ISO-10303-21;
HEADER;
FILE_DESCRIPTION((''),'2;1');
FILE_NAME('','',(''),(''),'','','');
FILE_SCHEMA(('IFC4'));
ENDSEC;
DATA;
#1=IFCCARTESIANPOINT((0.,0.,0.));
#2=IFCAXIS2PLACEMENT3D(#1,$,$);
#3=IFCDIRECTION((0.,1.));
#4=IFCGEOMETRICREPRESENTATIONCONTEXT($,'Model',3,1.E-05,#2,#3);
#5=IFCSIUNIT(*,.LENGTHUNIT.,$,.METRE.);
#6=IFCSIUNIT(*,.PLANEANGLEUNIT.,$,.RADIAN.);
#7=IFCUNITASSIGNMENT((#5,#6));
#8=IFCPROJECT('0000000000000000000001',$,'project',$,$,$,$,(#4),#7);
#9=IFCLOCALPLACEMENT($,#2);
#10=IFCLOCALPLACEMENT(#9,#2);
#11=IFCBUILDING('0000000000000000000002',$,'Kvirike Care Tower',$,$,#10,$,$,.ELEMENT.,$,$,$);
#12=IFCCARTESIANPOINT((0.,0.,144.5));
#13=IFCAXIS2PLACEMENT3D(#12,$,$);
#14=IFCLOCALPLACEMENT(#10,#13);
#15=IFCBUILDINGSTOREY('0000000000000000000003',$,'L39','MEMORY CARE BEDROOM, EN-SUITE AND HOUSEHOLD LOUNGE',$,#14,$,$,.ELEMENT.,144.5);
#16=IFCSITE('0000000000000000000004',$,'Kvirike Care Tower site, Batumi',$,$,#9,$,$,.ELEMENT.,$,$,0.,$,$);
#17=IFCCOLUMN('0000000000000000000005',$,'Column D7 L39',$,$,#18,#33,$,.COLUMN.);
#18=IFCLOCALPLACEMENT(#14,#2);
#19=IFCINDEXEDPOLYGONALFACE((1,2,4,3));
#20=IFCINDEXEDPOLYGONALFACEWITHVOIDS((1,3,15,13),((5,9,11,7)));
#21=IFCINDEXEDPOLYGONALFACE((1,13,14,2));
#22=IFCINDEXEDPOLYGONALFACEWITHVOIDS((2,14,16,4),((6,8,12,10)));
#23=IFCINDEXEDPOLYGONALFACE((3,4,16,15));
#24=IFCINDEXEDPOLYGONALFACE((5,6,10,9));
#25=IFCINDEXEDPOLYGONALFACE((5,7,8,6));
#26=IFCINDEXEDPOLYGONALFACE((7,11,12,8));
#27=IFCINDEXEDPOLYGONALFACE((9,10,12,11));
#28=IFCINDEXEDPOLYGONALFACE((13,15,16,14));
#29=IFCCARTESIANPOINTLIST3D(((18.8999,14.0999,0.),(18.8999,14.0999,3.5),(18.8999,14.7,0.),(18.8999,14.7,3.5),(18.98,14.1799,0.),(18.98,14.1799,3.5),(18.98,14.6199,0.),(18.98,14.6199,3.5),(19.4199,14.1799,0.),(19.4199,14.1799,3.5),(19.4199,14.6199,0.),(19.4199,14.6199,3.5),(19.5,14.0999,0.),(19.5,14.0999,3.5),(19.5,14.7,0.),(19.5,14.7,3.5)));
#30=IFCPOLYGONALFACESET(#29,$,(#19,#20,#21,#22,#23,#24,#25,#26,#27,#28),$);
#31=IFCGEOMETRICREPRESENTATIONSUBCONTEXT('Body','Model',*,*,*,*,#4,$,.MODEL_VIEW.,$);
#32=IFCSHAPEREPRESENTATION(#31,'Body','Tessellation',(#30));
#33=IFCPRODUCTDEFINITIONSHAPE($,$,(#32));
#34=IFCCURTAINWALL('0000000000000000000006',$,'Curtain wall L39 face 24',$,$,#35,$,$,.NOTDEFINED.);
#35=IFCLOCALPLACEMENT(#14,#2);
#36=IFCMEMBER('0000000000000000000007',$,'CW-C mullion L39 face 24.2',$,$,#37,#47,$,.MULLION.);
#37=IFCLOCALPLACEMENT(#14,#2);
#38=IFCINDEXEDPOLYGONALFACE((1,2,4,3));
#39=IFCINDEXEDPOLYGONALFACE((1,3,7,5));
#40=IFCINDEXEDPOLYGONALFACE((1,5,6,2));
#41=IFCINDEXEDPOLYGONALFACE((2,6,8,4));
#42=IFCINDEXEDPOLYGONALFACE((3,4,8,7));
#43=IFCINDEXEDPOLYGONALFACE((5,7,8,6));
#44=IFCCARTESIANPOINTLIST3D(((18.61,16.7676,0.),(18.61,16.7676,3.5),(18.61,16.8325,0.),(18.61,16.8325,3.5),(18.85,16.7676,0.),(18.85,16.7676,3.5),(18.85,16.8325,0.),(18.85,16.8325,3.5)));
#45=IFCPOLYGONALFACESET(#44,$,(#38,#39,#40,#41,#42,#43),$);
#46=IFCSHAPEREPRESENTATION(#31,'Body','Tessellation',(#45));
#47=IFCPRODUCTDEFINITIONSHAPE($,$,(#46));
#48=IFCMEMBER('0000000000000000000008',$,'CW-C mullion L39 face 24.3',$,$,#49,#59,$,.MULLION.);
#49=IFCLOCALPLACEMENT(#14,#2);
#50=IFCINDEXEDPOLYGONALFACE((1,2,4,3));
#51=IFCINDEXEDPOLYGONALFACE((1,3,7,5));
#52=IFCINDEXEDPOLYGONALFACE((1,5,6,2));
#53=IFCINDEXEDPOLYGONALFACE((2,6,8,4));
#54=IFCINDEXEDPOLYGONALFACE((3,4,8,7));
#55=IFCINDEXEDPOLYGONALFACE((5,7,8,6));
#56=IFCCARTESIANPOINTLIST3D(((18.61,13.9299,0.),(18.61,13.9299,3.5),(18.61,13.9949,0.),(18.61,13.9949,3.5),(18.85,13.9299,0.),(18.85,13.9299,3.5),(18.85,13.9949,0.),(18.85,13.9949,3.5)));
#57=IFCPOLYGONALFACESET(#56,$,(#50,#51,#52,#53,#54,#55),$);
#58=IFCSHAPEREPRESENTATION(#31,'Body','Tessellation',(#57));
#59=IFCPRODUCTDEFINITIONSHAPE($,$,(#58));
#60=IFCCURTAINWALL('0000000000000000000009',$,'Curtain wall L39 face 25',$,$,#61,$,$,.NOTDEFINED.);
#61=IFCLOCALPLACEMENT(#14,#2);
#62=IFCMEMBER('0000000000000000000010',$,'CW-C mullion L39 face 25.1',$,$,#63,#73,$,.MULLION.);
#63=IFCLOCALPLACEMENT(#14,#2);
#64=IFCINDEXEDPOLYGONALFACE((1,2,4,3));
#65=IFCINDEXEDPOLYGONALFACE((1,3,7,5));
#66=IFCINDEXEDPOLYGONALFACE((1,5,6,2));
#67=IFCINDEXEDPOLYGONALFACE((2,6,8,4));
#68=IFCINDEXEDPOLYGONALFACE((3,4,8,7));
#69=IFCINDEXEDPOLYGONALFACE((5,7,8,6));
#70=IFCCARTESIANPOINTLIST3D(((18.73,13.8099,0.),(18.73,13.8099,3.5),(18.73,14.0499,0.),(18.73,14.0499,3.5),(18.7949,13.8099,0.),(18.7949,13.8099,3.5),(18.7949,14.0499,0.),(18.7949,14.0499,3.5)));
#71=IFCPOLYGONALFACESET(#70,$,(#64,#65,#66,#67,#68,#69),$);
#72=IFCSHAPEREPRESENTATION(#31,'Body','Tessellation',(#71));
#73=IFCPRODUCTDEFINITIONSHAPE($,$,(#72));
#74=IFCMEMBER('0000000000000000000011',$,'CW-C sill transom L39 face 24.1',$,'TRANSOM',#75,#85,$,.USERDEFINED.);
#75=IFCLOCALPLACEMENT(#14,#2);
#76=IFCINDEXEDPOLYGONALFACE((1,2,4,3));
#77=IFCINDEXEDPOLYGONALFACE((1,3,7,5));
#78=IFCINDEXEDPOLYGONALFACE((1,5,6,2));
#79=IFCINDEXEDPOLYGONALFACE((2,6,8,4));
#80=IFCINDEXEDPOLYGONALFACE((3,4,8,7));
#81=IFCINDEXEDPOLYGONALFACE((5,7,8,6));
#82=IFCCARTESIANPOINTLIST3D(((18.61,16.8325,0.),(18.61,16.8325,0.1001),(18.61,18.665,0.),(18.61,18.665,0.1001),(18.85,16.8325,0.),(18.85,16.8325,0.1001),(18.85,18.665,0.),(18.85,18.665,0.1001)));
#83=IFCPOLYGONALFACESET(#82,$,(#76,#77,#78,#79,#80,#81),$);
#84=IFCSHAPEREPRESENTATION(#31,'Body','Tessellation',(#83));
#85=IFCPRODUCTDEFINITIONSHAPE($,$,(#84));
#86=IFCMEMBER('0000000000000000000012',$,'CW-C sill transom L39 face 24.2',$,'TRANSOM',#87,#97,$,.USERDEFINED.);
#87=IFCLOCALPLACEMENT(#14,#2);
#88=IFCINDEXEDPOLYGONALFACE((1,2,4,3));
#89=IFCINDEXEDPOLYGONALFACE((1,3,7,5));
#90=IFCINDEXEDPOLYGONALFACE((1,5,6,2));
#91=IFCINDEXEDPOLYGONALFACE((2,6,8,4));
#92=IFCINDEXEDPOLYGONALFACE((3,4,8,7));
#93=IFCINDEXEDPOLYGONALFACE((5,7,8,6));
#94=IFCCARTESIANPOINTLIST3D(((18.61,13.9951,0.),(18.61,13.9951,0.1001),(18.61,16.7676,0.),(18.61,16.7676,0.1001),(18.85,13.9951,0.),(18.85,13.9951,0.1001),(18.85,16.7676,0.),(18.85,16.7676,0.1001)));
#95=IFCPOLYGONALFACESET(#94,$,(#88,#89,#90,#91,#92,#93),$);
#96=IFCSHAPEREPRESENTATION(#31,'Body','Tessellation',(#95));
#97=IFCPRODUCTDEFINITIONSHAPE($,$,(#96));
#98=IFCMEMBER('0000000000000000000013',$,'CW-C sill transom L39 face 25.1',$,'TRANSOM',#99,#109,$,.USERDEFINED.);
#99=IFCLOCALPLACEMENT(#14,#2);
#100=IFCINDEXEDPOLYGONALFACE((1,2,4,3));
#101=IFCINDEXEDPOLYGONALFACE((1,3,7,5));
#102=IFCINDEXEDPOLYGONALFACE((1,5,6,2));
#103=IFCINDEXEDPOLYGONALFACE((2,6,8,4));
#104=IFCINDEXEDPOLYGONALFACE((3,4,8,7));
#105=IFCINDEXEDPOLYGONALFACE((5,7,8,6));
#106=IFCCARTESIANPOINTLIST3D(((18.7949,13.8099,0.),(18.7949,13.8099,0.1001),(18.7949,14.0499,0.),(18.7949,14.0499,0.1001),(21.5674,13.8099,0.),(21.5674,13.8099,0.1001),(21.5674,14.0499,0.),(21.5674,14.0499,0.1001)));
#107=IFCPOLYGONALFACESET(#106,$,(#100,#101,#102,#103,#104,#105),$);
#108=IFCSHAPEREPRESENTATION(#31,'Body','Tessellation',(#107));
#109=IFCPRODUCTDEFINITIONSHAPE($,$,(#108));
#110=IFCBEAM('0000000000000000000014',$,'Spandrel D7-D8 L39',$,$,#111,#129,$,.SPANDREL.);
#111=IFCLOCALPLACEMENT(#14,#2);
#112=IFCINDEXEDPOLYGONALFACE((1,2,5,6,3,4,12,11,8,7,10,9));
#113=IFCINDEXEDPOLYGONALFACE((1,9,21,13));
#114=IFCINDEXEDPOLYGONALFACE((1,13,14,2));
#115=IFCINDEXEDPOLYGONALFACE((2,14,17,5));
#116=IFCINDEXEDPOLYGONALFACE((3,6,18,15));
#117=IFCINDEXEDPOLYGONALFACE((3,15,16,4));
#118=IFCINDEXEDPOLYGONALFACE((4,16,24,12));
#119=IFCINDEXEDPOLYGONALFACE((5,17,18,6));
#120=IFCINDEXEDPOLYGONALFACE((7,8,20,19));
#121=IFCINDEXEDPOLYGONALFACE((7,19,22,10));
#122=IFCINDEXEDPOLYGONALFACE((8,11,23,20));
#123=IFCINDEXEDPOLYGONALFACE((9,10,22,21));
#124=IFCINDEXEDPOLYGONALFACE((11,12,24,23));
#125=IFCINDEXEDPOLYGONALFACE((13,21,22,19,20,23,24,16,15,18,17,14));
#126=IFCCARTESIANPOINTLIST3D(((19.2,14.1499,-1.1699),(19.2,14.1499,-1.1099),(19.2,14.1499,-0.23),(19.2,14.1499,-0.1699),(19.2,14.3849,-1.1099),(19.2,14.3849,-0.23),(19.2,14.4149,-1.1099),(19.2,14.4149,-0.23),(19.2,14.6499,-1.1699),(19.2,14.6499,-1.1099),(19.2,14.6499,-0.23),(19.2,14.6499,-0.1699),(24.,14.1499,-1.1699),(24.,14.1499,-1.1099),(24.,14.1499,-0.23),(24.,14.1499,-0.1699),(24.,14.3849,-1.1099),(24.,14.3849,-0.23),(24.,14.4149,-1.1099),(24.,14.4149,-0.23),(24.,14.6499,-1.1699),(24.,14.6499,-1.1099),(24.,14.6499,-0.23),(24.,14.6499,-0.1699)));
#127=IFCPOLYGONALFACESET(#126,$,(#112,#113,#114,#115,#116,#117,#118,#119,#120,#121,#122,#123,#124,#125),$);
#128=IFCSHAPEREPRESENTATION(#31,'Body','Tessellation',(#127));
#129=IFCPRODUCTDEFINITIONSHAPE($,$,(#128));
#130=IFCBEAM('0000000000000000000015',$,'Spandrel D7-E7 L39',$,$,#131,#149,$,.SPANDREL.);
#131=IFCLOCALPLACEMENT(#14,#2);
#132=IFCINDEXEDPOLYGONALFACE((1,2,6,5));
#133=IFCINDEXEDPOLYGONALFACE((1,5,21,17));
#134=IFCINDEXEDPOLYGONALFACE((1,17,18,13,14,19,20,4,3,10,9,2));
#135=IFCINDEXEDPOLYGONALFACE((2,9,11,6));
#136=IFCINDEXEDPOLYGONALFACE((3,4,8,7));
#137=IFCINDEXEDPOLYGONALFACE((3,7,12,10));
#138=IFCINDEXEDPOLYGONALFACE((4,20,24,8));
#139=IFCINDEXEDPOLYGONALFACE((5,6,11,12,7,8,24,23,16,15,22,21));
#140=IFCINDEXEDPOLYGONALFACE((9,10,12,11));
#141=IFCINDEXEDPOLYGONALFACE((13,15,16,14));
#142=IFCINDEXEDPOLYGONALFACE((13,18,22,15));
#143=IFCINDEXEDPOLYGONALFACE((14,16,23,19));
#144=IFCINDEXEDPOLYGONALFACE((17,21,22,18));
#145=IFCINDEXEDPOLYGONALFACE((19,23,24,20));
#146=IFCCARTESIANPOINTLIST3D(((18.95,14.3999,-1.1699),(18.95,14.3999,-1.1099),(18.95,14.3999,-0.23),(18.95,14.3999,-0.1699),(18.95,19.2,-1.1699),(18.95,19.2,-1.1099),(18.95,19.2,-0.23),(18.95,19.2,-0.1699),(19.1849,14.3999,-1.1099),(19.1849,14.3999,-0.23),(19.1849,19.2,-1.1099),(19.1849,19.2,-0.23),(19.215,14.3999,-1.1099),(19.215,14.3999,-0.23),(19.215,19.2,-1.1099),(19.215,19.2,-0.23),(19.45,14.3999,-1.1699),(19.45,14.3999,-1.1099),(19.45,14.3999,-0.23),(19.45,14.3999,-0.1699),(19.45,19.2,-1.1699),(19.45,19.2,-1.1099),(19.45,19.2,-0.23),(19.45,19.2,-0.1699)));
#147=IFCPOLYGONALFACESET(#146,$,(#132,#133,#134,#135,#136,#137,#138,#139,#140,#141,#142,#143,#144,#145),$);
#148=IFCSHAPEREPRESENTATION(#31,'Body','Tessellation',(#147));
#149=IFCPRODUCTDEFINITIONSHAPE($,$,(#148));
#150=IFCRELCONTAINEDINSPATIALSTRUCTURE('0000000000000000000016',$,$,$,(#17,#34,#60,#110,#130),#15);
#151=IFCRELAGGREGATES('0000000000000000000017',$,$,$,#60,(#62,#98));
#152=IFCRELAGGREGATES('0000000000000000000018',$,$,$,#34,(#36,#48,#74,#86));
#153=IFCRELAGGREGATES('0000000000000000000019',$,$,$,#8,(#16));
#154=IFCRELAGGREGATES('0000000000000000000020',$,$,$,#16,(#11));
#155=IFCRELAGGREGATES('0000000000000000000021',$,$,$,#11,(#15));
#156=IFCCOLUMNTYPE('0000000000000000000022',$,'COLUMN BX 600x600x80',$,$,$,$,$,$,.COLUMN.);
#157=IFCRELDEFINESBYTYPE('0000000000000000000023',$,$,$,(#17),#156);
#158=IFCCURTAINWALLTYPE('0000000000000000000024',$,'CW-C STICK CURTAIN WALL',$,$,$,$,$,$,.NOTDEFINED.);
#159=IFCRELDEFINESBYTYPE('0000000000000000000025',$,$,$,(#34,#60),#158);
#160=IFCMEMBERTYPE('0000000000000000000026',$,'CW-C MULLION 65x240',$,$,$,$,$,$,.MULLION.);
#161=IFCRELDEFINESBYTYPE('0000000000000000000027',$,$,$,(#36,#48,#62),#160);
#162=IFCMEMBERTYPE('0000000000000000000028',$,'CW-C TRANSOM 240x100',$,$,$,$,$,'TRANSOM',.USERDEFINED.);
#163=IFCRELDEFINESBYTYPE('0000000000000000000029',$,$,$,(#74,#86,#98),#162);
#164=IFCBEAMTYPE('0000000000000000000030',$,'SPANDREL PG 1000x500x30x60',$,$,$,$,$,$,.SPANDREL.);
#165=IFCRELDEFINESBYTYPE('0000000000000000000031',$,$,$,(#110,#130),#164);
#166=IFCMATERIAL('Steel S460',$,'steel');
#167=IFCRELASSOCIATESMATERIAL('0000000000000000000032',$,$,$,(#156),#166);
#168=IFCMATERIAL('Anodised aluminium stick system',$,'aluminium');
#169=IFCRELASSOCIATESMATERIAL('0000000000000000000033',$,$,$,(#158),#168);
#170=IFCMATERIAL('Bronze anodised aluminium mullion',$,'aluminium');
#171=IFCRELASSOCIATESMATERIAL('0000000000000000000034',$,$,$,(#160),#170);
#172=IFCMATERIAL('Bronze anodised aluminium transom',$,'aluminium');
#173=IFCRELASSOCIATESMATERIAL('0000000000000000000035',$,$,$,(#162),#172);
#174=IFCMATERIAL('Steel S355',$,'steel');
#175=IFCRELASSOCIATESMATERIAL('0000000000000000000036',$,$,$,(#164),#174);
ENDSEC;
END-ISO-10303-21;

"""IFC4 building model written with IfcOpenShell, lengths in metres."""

from ifc_helpers import new_model, si_unit, direction, frame, origin, origin_2d, place, context, subcontext, project, spatial, rectangle, hollow_rectangle, i_section, extrude, material, material_profile, profile_set, type_object, element, aggregate, save


model = new_model("IFC4")

# Units and contexts
model_context = context("Model", 3, precision=1e-05, world=origin(), true_north=direction((0.0, 1.0)))
body_context = subcontext(model_context, "Body", "Model", "MODEL_VIEW")
ifc_project = project(units=[si_unit("LENGTHUNIT", "METRE"), si_unit("PLANEANGLEUNIT", "RADIAN")], contexts=[model_context])

# Site, building, storey
site_placement = place(None, origin())
site = spatial("IfcSite", under=ifc_project, at=site_placement, Name="Kvirike Care Tower site, Batumi", CompositionType="ELEMENT", RefElevation=0.0)
building_placement = place(site_placement, origin())
building = spatial("IfcBuilding", under=site, at=building_placement, Name="Kvirike Care Tower", CompositionType="ELEMENT")
storey_placement = place(building_placement, frame((0.0, 0.0, 144.5)))
storey = spatial("IfcBuildingStorey", under=building, at=storey_placement, Name="L39", Description="MEMORY CARE BEDROOM, EN-SUITE AND HOUSEHOLD LOUNGE", CompositionType="ELEMENT", Elevation=144.5)

# Column
ifc_material_1 = material(Name="Steel S460", Category="steel")
ifc_material_profile_1 = material_profile(ifc_material_1, hollow_rectangle(XDim=0.6001, YDim=0.6001, WallThickness=0.0801, at=origin_2d()), Name="BX 600x600x80")
ifc_profile_set_1 = profile_set([ifc_material_profile_1], Name="Steel S460")
column_type = type_object("IfcColumnType", Name="COLUMN BX 600x600x80", PredefinedType="COLUMN", material=ifc_profile_set_1)
column_placement = place(storey_placement, frame((19.2, 14.3999, 0.0), z_axis=(0.0, 0.0, 1.0), x_axis=(0.0, 1.0, 0.0)))
element("IfcColumn", 1, at=column_placement, inside=storey, type_object=column_type, Name="Column D7 L39", PredefinedType="COLUMN", context=body_context, shape_type="SweptSolid", body=[
    extrude(hollow_rectangle(XDim=0.6001, YDim=0.6001, WallThickness=0.0801, at=origin_2d()), origin(), (0.0, 0.0, 1.0), 3.5),
])

# Curtain wall, members
ifc_material_2 = material(Name="Anodised aluminium stick system", Category="aluminium")
curtain_wall_type = type_object("IfcCurtainWallType", Name="CW-C STICK CURTAIN WALL", PredefinedType="NOTDEFINED", material=ifc_material_2)
curtain_wall_1_placement = place(storey_placement, origin())
curtain_wall_1 = element("IfcCurtainWall", 2, at=curtain_wall_1_placement, inside=storey, type_object=curtain_wall_type, Name="Curtain wall L39 face 24", PredefinedType="NOTDEFINED")
ifc_material_3 = material(Name="Bronze anodised aluminium mullion", Category="aluminium")
ifc_material_profile_2 = material_profile(ifc_material_3, rectangle(XDim=0.0649, YDim=0.24, at=origin_2d()), Name="CW-C MULLION 65x240")
ifc_profile_set_2 = profile_set([ifc_material_profile_2], Name="Bronze anodised aluminium mullion")
member_type_1 = type_object("IfcMemberType", Name="CW-C MULLION 65x240", PredefinedType="MULLION", material=ifc_profile_set_2)
member_1_placement = place(storey_placement, frame((18.73, 16.8, 0.0), z_axis=(0.0, 0.0, 1.0), x_axis=(0.0, -1.0, 0.0)))
member_1 = element("IfcMember", 3, at=member_1_placement, type_object=member_type_1, Name="CW-C mullion L39 face 24.2", PredefinedType="MULLION", context=body_context, shape_type="SweptSolid", body=[
    extrude(rectangle(XDim=0.0649, YDim=0.24, at=origin_2d()), origin(), (0.0, 0.0, 1.0), 3.5),
])
member_2_placement = place(storey_placement, frame((18.73, 13.9624, 0.0), z_axis=(0.0, 0.0, 1.0), x_axis=(0.0, -1.0, 0.0)))
member_2 = element("IfcMember", 4, at=member_2_placement, type_object=member_type_1, Name="CW-C mullion L39 face 24.3", PredefinedType="MULLION", context=body_context, shape_type="SweptSolid", body=[
    extrude(rectangle(XDim=0.0649, YDim=0.24, at=origin_2d()), origin(), (0.0, 0.0, 1.0), 3.5),
])

# Curtain wall, member
curtain_wall_2_placement = place(storey_placement, origin())
curtain_wall_2 = element("IfcCurtainWall", 5, at=curtain_wall_2_placement, inside=storey, type_object=curtain_wall_type, Name="Curtain wall L39 face 25", PredefinedType="NOTDEFINED")
member_3_placement = place(storey_placement, frame((18.7625, 13.9299, 0.0), z_axis=(0.0, 0.0, 1.0), x_axis=(1.0, 0.0, 0.0)))
member_3 = element("IfcMember", 6, at=member_3_placement, type_object=member_type_1, Name="CW-C mullion L39 face 25.1", PredefinedType="MULLION", context=body_context, shape_type="SweptSolid", body=[
    extrude(rectangle(XDim=0.0649, YDim=0.24, at=origin_2d()), origin(), (0.0, 0.0, 1.0), 3.5),
])

# Members
ifc_material_4 = material(Name="Bronze anodised aluminium transom", Category="aluminium")
ifc_material_profile_3 = material_profile(ifc_material_4, rectangle(XDim=0.24, YDim=0.1001, at=origin_2d()), Name="CW-C TRANSOM 240x100")
ifc_profile_set_3 = profile_set([ifc_material_profile_3], Name="Bronze anodised aluminium transom")
member_type_2 = type_object("IfcMemberType", Name="CW-C TRANSOM 240x100", ElementType="TRANSOM", PredefinedType="USERDEFINED", material=ifc_profile_set_3)
member_4_placement = place(storey_placement, frame((18.73, 18.665, 0.05), z_axis=(0.0, -1.0, 0.0), x_axis=(1.0, 0.0, 0.0)))
member_4 = element("IfcMember", 7, at=member_4_placement, type_object=member_type_2, Name="CW-C sill transom L39 face 24.1", ObjectType="TRANSOM", PredefinedType="USERDEFINED", context=body_context, shape_type="SweptSolid", body=[
    extrude(rectangle(XDim=0.24, YDim=0.1001, at=origin_2d()), origin(), (0.0, 0.0, 1.0), 1.8325),
])
member_5_placement = place(storey_placement, frame((18.73, 16.7676, 0.05), z_axis=(0.0, -1.0, 0.0), x_axis=(1.0, 0.0, 0.0)))
member_5 = element("IfcMember", 8, at=member_5_placement, type_object=member_type_2, Name="CW-C sill transom L39 face 24.2", ObjectType="TRANSOM", PredefinedType="USERDEFINED", context=body_context, shape_type="SweptSolid", body=[
    extrude(rectangle(XDim=0.24, YDim=0.1001, at=origin_2d()), origin(), (0.0, 0.0, 1.0), 2.7725),
])
member_6_placement = place(storey_placement, frame((18.7949, 13.9299, 0.05), z_axis=(1.0, 0.0, 0.0), x_axis=(0.0, 1.0, 0.0)))
member_6 = element("IfcMember", 9, at=member_6_placement, type_object=member_type_2, Name="CW-C sill transom L39 face 25.1", ObjectType="TRANSOM", PredefinedType="USERDEFINED", context=body_context, shape_type="SweptSolid", body=[
    extrude(rectangle(XDim=0.24, YDim=0.1001, at=origin_2d()), origin(), (0.0, 0.0, 1.0), 2.7725),
])
aggregate(curtain_wall_2, [member_3, member_6])

# Beams
ifc_material_5 = material(Name="Steel S355", Category="steel")
ifc_material_profile_4 = material_profile(ifc_material_5, i_section(OverallWidth=0.5, OverallDepth=1.0, WebThickness=0.03, FlangeThickness=0.0601, at=origin_2d()), Name="PG 1000x500x30x60")
ifc_profile_set_4 = profile_set([ifc_material_profile_4], Name="Steel S355")
beam_type = type_object("IfcBeamType", Name="SPANDREL PG 1000x500x30x60", PredefinedType="SPANDREL", material=ifc_profile_set_4)
for number, where, z_axis, x_axis, name in (
    (10, (19.2, 14.3999, -0.6699), (1.0, 0.0, 0.0), (0.0, 1.0, 0.0), "Spandrel D7-D8 L39"),
    (11, (19.2, 14.3999, -0.6699), (0.0, 1.0, 0.0), (-1.0, 0.0, 0.0), "Spandrel D7-E7 L39"),
):
    element("IfcBeam", number, at=place(storey_placement, frame(where, z_axis=z_axis, x_axis=x_axis)), inside=storey, type_object=beam_type, Name=name, PredefinedType="SPANDREL", context=body_context, shape_type="SweptSolid", body=[
        extrude(i_section(OverallWidth=0.5, OverallDepth=1.0, WebThickness=0.03, FlangeThickness=0.0601, at=origin_2d()), origin(), (0.0, 0.0, 1.0), 4.8),
    ])

aggregate(curtain_wall_1, [member_1, member_2, member_4, member_5])

save(model, "model.ifc")
